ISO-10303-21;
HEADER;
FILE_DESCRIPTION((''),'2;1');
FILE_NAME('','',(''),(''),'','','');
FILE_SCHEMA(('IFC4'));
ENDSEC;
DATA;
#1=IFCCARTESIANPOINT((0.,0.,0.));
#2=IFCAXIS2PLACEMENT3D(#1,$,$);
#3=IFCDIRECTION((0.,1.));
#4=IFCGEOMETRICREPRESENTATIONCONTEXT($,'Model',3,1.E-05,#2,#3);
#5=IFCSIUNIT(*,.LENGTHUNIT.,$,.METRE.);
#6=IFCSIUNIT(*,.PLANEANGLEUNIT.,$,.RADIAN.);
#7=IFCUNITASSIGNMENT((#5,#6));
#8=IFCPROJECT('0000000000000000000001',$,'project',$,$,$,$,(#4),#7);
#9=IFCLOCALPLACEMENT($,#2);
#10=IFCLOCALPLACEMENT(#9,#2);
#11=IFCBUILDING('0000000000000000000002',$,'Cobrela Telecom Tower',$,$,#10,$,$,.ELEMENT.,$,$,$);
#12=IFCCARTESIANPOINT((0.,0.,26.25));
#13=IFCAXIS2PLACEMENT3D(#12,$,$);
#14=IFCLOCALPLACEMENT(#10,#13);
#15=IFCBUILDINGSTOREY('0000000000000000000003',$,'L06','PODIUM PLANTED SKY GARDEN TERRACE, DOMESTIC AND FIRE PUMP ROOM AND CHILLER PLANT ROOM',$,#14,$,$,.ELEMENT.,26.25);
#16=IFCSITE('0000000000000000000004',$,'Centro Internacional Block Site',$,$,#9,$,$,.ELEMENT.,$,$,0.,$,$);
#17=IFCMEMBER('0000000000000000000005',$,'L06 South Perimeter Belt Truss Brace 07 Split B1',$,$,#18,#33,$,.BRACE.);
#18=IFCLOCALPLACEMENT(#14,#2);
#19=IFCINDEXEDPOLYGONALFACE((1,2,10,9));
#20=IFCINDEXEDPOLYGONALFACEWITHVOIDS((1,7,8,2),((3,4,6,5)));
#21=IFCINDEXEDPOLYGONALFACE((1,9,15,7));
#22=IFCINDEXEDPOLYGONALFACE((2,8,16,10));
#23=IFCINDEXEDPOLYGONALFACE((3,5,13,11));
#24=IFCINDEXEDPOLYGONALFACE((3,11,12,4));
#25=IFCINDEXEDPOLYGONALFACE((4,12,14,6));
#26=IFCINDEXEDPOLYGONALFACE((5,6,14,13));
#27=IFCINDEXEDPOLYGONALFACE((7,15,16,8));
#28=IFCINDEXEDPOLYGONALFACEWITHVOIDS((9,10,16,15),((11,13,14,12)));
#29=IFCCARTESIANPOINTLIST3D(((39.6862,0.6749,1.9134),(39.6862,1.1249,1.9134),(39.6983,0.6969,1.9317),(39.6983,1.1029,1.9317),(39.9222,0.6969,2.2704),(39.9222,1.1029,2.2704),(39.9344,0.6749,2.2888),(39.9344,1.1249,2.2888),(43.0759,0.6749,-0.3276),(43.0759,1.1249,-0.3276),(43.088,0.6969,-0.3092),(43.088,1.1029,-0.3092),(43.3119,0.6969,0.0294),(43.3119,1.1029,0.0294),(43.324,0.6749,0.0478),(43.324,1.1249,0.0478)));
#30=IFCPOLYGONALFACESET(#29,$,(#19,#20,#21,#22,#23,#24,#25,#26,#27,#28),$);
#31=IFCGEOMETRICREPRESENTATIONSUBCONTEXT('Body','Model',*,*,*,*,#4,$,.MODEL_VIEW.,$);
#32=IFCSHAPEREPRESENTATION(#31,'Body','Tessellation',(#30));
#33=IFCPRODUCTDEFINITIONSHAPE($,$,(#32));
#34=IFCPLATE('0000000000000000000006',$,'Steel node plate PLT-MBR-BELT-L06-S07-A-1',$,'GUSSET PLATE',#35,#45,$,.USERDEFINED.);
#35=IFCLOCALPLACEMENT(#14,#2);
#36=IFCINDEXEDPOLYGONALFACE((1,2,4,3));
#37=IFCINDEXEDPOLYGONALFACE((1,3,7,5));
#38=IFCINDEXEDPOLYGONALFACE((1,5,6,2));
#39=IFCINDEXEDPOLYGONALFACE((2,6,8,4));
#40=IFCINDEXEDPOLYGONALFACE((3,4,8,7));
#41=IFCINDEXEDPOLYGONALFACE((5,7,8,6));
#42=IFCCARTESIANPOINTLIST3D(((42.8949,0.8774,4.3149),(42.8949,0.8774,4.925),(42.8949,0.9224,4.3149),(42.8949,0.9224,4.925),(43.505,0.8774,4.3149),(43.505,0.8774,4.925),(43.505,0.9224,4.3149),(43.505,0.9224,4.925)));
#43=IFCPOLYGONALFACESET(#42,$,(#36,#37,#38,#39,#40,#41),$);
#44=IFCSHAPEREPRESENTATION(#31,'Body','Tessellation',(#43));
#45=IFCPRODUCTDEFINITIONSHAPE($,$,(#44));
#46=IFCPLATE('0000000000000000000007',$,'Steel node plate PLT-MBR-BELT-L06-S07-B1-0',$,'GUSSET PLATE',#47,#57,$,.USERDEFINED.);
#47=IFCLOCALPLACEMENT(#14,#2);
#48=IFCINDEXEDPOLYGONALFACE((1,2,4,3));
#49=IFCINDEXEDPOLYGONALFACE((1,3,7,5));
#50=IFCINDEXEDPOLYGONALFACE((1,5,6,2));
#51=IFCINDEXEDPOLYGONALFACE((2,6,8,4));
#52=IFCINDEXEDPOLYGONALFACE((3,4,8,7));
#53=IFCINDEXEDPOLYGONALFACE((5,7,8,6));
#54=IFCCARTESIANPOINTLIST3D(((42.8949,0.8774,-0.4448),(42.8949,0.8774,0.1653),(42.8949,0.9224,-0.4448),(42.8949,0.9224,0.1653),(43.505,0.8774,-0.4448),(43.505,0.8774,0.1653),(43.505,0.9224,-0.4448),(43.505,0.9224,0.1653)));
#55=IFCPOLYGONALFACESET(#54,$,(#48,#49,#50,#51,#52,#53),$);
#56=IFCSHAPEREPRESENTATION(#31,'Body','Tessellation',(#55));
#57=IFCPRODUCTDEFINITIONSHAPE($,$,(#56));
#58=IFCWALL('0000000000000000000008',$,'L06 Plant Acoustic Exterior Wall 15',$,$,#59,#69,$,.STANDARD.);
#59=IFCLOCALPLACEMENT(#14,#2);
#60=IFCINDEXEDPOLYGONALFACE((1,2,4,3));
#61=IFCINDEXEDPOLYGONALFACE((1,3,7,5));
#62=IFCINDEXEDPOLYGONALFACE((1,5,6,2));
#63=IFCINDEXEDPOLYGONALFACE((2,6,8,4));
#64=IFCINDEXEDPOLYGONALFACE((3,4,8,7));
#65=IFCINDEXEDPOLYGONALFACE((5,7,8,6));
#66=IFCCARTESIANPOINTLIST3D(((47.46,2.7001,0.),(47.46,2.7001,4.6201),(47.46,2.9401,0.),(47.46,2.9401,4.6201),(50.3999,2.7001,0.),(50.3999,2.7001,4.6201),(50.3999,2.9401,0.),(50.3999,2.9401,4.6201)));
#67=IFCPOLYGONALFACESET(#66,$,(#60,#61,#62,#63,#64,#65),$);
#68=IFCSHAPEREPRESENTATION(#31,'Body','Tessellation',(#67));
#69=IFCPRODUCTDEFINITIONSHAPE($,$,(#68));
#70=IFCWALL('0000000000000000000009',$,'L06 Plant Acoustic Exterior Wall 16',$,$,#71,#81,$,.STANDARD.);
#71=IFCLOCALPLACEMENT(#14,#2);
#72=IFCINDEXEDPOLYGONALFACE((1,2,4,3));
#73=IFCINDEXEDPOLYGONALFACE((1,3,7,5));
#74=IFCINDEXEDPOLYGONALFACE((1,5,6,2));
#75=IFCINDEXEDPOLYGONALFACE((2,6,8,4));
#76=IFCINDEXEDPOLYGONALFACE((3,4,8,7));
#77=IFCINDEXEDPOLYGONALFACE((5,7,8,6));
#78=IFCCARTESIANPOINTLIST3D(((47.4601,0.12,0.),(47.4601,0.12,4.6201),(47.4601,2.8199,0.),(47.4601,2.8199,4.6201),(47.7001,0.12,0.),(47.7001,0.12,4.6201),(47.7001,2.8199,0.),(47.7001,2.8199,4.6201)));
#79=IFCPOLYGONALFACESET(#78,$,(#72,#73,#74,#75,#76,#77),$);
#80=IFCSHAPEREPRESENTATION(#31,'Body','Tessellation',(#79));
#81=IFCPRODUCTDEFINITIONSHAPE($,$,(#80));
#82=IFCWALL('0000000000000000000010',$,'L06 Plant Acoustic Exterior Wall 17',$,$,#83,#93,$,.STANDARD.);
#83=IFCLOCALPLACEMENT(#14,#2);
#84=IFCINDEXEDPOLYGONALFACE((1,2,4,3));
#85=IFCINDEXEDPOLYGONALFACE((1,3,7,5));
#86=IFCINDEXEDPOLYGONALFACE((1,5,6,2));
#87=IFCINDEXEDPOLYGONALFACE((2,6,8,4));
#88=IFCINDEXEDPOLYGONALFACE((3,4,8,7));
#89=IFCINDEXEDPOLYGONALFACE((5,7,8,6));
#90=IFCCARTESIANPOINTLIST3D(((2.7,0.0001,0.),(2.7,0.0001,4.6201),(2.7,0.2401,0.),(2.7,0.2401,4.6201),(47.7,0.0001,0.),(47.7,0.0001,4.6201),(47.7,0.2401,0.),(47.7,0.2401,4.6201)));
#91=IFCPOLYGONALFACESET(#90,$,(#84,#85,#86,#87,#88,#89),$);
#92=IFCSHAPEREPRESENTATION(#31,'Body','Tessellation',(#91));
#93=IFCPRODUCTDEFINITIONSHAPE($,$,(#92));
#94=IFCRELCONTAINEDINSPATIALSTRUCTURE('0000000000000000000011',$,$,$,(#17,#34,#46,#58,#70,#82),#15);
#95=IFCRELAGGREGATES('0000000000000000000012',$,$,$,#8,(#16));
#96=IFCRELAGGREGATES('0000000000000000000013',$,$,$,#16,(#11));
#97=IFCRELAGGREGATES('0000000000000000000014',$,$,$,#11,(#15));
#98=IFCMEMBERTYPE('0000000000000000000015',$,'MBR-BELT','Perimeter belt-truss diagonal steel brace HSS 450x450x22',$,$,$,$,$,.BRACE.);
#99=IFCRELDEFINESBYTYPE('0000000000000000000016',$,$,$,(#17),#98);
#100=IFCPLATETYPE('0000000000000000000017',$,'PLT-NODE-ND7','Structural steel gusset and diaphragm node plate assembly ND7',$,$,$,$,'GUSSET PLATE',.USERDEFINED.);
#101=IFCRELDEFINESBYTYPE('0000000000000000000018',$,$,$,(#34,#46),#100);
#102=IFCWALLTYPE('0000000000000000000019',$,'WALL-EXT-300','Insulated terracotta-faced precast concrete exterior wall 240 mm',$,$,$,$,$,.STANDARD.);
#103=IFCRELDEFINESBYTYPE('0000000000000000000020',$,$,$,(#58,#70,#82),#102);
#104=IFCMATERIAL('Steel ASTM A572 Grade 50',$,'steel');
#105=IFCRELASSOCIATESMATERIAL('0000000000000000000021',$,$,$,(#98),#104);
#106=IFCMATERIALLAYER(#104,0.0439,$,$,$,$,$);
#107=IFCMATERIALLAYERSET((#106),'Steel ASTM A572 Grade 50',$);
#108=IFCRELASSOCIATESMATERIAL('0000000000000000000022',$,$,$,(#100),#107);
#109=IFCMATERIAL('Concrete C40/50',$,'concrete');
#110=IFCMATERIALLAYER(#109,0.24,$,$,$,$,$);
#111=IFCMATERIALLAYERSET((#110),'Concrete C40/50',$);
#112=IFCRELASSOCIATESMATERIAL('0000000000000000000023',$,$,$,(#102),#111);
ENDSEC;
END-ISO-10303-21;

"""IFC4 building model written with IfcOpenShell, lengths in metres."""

from ifc_helpers import new_model, si_unit, direction, frame, frame_2d, origin, origin_2d, place, context, subcontext, project, spatial, rectangle, hollow_rectangle, extrude, material, layer, layer_set, material_profile, profile_set, type_object, element, save


model = new_model("IFC4")

# Units and contexts
model_context = context("Model", 3, precision=1e-05, world=origin(), true_north=direction((0.0, 1.0)))
body_context = subcontext(model_context, "Body", "Model", "MODEL_VIEW")
ifc_project = project(units=[si_unit("LENGTHUNIT", "METRE"), si_unit("PLANEANGLEUNIT", "RADIAN")], contexts=[model_context])

# Site, building, storey
site_placement = place(None, origin())
site = spatial("IfcSite", under=ifc_project, at=site_placement, Name="Centro Internacional Block Site", CompositionType="ELEMENT", RefElevation=0.0)
building_placement = place(site_placement, origin())
building = spatial("IfcBuilding", under=site, at=building_placement, Name="Cobrela Telecom Tower", CompositionType="ELEMENT")
storey_placement = place(building_placement, frame((0.0, 0.0, 26.25)))
storey = spatial("IfcBuildingStorey", under=building, at=storey_placement, Name="L06", Description="PODIUM PLANTED SKY GARDEN TERRACE, DOMESTIC AND FIRE PUMP ROOM AND CHILLER PLANT ROOM", CompositionType="ELEMENT", Elevation=26.25)

# Shared definitions
ifc_material_1 = material(Name="Steel ASTM A572 Grade 50", Category="steel")

# Member
ifc_material_profile_1 = material_profile(ifc_material_1, hollow_rectangle(XDim=0.45, YDim=0.45, WallThickness=0.022, at=origin_2d()), Name="HSS 450x450x22")
ifc_profile_set_1 = profile_set([ifc_material_profile_1], Name="Steel ASTM A572 Grade 50")
member_type = type_object("IfcMemberType", Name="MBR-BELT", Description="Perimeter belt-truss diagonal steel brace HSS 450x450x22", PredefinedType="BRACE", material=ifc_profile_set_1)
member_placement = place(storey_placement, frame((43.2, 0.8999, -0.1399), z_axis=(-0.834179, 0.0, 0.551493), x_axis=(0.0, -1.0, 0.0)))
element("IfcMember", 1, at=member_placement, inside=storey, type_object=member_type, Name="L06 South Perimeter Belt Truss Brace 07 Split B1", PredefinedType="BRACE", context=body_context, shape_type="SweptSolid", body=[
    extrude(hollow_rectangle(XDim=0.45, YDim=0.45, WallThickness=0.022, at=origin_2d()), origin(), (0.0, 0.0, 1.0), 4.0635),
])

# Plates
ifc_layer_1 = layer(ifc_material_1, 0.0439)
ifc_layer_set_1 = layer_set([ifc_layer_1], Name="Steel ASTM A572 Grade 50")
plate_type = type_object("IfcPlateType", Name="PLT-NODE-ND7", Description="Structural steel gusset and diaphragm node plate assembly ND7", ElementType="GUSSET PLATE", PredefinedType="USERDEFINED", material=ifc_layer_set_1)
for number, where, z_axis, x_axis, name in (
    (2, (43.2, 0.8999, 4.3149), (0.0, 0.0, 1.0), (1.0, 0.0, 0.0), "Steel node plate PLT-MBR-BELT-L06-S07-A-1"),
    (3, (43.2, 0.8999, -0.4448), (0.0, 0.0, 1.0), (-1.0, 0.0, 0.0), "Steel node plate PLT-MBR-BELT-L06-S07-B1-0"),
):
    element("IfcPlate", number, at=place(storey_placement, frame(where, z_axis=z_axis, x_axis=x_axis)), inside=storey, type_object=plate_type, Name=name, ObjectType="GUSSET PLATE", PredefinedType="USERDEFINED", context=body_context, shape_type="SweptSolid", body=[
        extrude(rectangle(XDim=0.6101, YDim=0.0449, at=origin_2d()), origin(), (0.0, 0.0, 1.0), 0.6101),
    ])

# Walls
ifc_material_2 = material(Name="Concrete C40/50", Category="concrete")
ifc_layer_2 = layer(ifc_material_2, 0.24)
ifc_layer_set_2 = layer_set([ifc_layer_2], Name="Concrete C40/50")
wall_type = type_object("IfcWallType", Name="WALL-EXT-300", Description="Insulated terracotta-faced precast concrete exterior wall 240 mm", PredefinedType="STANDARD", material=ifc_layer_set_2)
wall_1_placement = place(storey_placement, frame((50.3999, 2.8201, 0.0), z_axis=(0.0, 0.0, 1.0), x_axis=(-1.0, 0.0, 0.0)))
element("IfcWall", 4, at=wall_1_placement, inside=storey, type_object=wall_type, Name="L06 Plant Acoustic Exterior Wall 15", PredefinedType="STANDARD", context=body_context, shape_type="SweptSolid", body=[
    extrude(rectangle(XDim=2.9399, YDim=0.24, at=frame_2d((1.47, 0.0))), origin(), (0.0, 0.0, 1.0), 4.6201),
])
wall_2_placement = place(storey_placement, frame((47.5801, 2.8201, 0.0), z_axis=(0.0, 0.0, 1.0), x_axis=(0.0, -1.0, 0.0)))
element("IfcWall", 5, at=wall_2_placement, inside=storey, type_object=wall_type, Name="L06 Plant Acoustic Exterior Wall 16", PredefinedType="STANDARD", context=body_context, shape_type="SweptSolid", body=[
    extrude(rectangle(XDim=2.7, YDim=0.24, at=frame_2d((1.3501, 0.0))), origin(), (0.0, 0.0, 1.0), 4.6201),
])
wall_3_placement = place(storey_placement, frame((47.7, 0.1201, 0.0), z_axis=(0.0, 0.0, 1.0), x_axis=(-1.0, 0.0, 0.0)))
element("IfcWall", 6, at=wall_3_placement, inside=storey, type_object=wall_type, Name="L06 Plant Acoustic Exterior Wall 17", PredefinedType="STANDARD", context=body_context, shape_type="SweptSolid", body=[
    extrude(rectangle(XDim=45.0, YDim=0.24, at=frame_2d((22.5, 0.0))), origin(), (0.0, 0.0, 1.0), 4.6201),
])

save(model, "model.ifc")
